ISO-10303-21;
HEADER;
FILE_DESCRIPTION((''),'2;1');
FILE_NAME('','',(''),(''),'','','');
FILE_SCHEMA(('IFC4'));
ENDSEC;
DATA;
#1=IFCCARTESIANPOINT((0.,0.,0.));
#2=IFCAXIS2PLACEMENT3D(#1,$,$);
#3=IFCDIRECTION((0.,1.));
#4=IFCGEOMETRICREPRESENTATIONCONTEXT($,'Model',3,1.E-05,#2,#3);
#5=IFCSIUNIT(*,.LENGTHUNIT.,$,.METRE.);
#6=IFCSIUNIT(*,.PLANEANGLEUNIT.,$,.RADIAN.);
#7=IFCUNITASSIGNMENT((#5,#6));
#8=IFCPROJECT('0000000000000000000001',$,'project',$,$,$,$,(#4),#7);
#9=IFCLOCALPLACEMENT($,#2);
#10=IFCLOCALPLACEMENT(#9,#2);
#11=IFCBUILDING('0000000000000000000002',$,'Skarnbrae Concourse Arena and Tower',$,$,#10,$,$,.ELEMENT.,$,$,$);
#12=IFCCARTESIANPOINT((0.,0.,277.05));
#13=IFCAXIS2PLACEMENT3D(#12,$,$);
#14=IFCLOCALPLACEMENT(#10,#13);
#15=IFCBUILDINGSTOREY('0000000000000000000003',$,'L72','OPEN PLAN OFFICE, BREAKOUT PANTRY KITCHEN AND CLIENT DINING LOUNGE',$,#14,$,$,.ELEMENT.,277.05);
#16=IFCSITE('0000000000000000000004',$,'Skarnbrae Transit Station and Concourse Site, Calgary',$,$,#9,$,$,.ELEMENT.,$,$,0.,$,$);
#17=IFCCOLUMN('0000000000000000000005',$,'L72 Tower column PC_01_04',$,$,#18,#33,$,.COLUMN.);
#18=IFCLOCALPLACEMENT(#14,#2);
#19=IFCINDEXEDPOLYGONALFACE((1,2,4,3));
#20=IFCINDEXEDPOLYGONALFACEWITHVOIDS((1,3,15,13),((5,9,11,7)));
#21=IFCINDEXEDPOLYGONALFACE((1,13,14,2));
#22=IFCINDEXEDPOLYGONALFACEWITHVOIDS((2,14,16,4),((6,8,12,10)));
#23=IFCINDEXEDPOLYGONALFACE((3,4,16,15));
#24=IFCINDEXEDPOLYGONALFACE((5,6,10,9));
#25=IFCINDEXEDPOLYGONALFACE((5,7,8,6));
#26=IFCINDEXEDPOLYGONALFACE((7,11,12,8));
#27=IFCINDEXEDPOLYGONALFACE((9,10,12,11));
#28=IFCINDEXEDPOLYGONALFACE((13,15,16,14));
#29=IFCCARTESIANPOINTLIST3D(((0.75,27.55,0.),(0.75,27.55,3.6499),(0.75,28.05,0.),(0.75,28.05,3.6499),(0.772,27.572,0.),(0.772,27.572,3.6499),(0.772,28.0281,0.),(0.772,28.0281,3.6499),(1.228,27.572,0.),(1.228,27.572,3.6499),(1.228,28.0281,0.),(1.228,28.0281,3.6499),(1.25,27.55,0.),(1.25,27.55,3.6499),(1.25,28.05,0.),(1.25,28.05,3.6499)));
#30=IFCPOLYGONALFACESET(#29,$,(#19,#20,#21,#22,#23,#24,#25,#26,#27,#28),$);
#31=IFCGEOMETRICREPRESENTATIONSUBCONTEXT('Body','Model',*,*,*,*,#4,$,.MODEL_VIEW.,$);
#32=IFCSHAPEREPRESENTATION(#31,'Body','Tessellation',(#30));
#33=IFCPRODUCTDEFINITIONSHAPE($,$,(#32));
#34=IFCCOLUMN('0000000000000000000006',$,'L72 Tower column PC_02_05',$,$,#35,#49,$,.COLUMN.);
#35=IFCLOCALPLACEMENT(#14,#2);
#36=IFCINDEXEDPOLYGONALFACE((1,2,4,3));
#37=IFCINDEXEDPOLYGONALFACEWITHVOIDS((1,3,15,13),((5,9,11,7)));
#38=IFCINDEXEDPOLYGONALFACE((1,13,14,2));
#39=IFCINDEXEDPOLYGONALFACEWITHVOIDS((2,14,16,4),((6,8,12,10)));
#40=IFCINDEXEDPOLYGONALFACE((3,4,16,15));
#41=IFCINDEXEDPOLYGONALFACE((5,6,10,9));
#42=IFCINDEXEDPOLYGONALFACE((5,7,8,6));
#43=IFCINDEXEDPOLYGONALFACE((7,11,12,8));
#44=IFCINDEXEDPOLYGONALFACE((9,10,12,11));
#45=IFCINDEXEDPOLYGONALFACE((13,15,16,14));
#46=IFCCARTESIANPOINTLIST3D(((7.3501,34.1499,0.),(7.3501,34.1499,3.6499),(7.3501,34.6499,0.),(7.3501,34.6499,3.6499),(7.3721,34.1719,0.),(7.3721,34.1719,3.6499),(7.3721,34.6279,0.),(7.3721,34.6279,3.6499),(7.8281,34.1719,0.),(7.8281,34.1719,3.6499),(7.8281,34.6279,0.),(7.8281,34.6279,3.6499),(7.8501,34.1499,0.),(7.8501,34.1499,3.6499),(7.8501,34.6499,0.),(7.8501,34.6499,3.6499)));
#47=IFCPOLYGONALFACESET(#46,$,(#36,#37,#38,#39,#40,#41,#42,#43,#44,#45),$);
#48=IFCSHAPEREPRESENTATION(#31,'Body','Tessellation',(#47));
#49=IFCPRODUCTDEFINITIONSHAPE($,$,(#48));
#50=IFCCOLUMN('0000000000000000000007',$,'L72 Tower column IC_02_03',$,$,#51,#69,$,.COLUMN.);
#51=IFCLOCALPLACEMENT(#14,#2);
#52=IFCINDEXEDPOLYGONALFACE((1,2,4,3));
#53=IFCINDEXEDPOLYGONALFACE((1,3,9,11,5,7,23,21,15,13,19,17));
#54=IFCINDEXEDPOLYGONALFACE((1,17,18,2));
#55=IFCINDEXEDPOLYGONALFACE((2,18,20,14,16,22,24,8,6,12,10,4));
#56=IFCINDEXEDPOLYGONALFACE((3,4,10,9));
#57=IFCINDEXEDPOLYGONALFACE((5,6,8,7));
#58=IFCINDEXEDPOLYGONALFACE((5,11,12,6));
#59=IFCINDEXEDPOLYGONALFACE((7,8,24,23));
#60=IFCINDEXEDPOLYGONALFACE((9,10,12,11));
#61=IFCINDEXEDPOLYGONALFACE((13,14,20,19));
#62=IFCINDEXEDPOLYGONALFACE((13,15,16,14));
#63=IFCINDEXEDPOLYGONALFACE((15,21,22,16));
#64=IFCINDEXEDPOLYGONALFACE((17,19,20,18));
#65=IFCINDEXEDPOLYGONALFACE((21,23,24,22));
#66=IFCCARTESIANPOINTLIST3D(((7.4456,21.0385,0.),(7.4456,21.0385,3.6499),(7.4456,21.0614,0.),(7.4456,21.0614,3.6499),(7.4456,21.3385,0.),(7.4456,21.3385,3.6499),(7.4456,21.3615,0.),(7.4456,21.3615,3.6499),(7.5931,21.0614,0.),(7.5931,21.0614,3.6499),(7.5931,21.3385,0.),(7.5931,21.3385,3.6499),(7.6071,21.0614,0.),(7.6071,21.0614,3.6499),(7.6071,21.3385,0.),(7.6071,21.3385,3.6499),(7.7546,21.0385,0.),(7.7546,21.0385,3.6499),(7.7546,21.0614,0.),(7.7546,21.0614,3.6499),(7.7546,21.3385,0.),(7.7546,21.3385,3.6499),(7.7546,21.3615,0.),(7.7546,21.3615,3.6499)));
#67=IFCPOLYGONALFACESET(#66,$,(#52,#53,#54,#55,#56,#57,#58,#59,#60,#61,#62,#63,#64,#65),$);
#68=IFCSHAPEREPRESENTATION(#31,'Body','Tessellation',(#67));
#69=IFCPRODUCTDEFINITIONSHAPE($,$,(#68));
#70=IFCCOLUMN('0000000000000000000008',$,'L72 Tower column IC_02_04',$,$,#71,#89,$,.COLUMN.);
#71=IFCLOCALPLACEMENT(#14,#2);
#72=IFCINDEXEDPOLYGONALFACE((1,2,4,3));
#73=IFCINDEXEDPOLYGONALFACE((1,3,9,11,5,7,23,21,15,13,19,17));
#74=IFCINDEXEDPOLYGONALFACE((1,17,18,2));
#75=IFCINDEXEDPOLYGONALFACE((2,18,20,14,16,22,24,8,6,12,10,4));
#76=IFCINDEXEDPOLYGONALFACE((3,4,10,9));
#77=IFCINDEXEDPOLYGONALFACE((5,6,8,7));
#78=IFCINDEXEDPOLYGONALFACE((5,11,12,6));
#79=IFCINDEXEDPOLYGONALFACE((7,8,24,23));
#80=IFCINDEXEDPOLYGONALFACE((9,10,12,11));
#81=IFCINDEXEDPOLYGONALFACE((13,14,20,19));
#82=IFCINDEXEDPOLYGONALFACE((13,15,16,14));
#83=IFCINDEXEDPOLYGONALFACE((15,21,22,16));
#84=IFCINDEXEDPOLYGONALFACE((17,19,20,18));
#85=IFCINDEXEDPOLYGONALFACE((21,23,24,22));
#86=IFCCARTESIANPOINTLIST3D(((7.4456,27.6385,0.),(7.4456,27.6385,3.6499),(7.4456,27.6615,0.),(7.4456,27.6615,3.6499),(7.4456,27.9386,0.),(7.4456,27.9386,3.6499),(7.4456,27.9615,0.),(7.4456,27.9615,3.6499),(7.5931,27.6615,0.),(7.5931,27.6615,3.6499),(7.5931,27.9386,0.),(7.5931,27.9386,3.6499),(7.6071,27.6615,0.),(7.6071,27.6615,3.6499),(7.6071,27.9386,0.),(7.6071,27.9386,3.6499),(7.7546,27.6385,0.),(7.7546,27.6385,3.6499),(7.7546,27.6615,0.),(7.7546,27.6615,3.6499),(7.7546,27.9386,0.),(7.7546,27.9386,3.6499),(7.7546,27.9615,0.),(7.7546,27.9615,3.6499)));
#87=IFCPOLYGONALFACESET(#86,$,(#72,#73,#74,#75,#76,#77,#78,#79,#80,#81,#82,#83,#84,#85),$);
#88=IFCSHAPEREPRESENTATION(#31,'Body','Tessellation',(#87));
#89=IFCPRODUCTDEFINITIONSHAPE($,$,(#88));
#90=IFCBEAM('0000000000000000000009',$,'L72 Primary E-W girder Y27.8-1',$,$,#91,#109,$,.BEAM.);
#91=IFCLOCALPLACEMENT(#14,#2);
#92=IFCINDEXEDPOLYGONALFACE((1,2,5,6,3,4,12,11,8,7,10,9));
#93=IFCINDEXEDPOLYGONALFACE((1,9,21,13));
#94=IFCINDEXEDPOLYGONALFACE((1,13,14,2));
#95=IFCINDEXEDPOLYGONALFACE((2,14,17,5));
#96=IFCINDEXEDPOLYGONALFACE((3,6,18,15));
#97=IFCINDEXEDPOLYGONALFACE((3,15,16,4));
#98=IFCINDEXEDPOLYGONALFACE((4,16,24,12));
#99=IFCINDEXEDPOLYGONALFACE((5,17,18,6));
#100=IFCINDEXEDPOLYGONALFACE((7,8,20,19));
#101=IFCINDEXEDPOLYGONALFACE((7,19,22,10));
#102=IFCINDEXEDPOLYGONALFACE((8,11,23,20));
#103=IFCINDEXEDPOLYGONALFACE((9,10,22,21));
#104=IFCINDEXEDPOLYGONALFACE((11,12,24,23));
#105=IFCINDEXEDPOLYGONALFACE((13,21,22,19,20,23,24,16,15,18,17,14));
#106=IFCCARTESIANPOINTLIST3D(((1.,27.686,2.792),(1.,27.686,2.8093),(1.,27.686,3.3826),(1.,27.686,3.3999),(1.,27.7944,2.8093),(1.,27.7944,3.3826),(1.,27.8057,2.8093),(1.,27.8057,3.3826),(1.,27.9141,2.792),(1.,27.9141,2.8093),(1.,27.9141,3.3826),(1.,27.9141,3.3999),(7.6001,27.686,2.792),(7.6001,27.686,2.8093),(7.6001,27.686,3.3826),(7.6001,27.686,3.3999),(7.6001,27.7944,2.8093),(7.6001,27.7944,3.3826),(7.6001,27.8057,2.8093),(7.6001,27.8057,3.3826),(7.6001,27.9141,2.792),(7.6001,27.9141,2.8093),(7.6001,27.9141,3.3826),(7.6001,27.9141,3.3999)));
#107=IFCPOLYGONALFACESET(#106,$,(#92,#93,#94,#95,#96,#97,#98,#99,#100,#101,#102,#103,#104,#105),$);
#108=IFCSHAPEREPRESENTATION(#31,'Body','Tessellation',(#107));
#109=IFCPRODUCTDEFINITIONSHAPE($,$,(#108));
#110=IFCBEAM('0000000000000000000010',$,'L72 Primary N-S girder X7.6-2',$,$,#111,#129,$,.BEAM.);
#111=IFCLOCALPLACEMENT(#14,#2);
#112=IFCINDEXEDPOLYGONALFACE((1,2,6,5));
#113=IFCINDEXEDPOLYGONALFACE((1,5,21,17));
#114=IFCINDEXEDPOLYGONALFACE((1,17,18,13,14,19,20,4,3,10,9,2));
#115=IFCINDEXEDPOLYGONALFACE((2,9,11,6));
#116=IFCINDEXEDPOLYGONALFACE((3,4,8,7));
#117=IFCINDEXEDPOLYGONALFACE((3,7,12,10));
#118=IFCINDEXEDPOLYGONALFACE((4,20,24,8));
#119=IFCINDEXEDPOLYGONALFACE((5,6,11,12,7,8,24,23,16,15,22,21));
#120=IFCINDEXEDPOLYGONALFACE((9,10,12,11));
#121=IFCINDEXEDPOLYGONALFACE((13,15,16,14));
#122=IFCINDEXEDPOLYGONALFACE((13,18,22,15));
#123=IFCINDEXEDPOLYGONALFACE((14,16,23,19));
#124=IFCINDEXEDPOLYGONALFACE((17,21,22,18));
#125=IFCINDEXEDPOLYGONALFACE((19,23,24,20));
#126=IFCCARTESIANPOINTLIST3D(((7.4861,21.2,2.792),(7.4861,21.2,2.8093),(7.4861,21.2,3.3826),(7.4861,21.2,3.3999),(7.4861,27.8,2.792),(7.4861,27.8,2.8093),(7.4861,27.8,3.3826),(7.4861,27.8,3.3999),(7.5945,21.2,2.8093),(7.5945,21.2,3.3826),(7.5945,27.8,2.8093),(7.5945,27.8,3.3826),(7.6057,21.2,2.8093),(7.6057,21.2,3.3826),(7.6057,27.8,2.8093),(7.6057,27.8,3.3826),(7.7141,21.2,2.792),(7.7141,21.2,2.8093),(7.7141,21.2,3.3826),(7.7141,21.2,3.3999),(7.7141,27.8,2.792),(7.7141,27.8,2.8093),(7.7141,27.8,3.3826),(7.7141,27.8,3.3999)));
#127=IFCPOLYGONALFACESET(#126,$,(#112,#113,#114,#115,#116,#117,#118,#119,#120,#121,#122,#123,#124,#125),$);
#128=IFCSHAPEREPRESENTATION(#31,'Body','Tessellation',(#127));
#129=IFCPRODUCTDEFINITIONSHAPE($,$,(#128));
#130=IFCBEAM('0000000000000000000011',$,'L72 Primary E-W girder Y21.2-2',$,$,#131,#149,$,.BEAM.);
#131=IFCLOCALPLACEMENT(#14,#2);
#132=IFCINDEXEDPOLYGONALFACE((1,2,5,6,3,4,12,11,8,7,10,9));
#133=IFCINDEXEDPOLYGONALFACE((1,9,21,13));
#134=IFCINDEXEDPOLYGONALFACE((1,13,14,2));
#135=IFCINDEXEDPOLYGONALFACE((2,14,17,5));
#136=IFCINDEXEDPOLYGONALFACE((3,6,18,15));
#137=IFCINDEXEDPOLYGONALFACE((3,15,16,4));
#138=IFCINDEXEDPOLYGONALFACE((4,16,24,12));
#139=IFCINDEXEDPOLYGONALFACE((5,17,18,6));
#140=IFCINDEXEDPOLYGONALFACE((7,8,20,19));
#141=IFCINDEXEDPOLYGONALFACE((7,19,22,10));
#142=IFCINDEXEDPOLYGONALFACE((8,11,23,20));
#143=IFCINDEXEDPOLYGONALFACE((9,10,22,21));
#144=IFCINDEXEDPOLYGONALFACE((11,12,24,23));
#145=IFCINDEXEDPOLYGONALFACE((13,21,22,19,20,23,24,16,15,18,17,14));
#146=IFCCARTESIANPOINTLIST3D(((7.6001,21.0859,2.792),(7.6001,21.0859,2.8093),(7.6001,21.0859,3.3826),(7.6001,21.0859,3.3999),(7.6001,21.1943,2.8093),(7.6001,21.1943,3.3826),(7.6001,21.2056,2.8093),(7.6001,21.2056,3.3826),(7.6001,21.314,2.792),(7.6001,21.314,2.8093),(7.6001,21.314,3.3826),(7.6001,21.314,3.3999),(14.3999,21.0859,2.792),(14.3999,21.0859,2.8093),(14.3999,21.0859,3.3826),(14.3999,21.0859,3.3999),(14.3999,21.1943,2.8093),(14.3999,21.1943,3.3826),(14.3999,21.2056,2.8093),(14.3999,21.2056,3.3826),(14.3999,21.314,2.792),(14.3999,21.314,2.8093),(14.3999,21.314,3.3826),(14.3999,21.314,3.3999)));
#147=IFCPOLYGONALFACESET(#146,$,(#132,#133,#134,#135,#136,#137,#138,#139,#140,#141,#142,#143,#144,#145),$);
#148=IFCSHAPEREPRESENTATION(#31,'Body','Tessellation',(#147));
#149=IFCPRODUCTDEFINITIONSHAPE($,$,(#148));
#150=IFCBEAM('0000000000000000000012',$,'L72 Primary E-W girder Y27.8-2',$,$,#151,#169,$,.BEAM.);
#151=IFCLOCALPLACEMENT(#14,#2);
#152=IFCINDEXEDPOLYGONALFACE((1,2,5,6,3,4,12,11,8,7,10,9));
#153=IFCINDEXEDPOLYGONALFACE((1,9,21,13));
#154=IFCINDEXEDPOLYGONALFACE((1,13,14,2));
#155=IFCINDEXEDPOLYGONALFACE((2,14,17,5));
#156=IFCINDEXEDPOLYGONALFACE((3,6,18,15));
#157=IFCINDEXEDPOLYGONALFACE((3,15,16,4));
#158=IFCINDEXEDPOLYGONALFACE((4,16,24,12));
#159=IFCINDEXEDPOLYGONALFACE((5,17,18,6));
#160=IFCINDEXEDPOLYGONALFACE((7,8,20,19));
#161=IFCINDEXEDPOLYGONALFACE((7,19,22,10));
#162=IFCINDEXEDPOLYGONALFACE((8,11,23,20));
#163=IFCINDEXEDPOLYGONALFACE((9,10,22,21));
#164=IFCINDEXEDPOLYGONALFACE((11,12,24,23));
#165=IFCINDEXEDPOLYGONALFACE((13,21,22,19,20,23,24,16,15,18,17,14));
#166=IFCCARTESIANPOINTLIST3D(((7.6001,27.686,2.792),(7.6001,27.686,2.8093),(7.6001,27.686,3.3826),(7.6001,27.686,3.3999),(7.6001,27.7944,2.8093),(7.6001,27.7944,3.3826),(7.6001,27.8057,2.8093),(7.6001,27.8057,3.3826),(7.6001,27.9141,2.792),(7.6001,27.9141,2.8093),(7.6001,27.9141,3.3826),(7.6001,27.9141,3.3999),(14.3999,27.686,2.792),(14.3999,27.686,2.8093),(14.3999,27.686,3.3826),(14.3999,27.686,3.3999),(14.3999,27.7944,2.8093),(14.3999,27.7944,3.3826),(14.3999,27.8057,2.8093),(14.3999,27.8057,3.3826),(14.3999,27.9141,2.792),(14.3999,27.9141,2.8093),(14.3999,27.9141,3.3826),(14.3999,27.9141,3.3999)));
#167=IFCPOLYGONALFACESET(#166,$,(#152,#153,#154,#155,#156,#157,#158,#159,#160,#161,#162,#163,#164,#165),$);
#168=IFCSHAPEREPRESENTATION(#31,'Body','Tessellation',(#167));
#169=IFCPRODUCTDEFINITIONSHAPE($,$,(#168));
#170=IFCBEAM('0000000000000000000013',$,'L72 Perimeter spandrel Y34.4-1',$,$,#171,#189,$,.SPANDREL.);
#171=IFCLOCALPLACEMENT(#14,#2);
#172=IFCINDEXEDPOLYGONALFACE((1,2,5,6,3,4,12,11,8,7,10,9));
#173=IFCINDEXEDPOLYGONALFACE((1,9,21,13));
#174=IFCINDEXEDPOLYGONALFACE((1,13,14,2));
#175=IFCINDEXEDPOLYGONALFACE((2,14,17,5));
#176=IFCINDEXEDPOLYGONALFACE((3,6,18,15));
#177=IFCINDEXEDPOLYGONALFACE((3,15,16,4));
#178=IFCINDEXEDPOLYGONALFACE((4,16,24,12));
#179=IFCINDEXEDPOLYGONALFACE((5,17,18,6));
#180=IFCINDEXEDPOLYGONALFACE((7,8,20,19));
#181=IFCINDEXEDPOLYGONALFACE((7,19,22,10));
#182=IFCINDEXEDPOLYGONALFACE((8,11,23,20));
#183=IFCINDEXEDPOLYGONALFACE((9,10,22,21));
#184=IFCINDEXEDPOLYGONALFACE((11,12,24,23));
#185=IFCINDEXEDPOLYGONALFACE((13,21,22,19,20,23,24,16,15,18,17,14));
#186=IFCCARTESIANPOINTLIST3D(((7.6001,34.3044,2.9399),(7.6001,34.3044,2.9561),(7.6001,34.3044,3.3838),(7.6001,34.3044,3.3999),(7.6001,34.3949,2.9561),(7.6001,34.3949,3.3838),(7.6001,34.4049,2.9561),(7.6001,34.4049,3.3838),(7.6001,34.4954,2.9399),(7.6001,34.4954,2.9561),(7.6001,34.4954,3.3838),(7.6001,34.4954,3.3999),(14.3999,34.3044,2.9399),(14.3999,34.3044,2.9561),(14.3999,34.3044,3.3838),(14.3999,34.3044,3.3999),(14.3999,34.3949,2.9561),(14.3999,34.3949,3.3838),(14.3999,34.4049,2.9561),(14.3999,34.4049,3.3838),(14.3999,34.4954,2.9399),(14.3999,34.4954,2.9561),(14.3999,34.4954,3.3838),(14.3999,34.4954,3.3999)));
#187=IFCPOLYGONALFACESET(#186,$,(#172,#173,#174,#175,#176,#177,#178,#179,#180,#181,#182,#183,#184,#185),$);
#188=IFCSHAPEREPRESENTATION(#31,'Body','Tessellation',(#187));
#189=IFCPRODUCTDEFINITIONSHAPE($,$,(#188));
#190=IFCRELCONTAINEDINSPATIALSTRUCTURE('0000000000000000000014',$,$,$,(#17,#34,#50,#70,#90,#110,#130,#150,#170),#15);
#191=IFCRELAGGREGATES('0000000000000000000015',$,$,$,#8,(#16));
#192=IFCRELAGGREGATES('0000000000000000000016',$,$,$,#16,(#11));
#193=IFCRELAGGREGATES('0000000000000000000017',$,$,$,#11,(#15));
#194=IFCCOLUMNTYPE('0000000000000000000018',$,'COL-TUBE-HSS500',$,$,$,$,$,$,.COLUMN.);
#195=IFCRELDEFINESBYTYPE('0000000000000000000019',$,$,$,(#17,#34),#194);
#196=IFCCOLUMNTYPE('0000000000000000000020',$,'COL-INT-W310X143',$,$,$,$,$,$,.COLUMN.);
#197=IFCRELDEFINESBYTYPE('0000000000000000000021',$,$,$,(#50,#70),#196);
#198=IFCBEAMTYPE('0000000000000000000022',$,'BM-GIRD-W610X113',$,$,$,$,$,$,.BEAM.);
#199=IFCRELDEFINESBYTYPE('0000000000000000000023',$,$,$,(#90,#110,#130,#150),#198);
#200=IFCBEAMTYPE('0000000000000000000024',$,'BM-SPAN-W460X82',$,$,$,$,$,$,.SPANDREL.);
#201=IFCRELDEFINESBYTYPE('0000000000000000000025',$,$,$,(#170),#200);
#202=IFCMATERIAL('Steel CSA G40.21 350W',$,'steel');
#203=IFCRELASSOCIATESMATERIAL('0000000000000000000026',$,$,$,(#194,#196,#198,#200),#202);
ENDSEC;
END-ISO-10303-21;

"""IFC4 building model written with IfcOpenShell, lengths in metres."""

from ifc_helpers import new_model, si_unit, direction, frame, origin, origin_2d, place, context, subcontext, project, spatial, hollow_rectangle, i_section, extrude, source, transform, mapped, material, material_profile, profile_set, type_object, element, save


model = new_model("IFC4")

# Units and contexts
model_context = context("Model", 3, precision=1e-05, world=origin(), true_north=direction((0.0, 1.0)))
body_context = subcontext(model_context, "Body", "Model", "MODEL_VIEW")
ifc_project = project(units=[si_unit("LENGTHUNIT", "METRE"), si_unit("PLANEANGLEUNIT", "RADIAN")], contexts=[model_context])

# Site, building, storey
site_placement = place(None, origin())
site = spatial("IfcSite", under=ifc_project, at=site_placement, Name="Skarnbrae Transit Station and Concourse Site, Calgary", CompositionType="ELEMENT", RefElevation=0.0)
building_placement = place(site_placement, origin())
building = spatial("IfcBuilding", under=site, at=building_placement, Name="Skarnbrae Concourse Arena and Tower", CompositionType="ELEMENT")
storey_placement = place(building_placement, frame((0.0, 0.0, 277.05)))
storey = spatial("IfcBuildingStorey", under=building, at=storey_placement, Name="L72", Description="OPEN PLAN OFFICE, BREAKOUT PANTRY KITCHEN AND CLIENT DINING LOUNGE", CompositionType="ELEMENT", Elevation=277.05)

# Columns
ifc_material_1 = material(Name="Steel CSA G40.21 350W", Category="steel")
ifc_material_profile_1 = material_profile(ifc_material_1, hollow_rectangle(XDim=0.5, YDim=0.5, WallThickness=0.022, at=origin_2d()), Name="HSS500X500X22.0")
ifc_profile_set_1 = profile_set([ifc_material_profile_1], Name="Steel CSA G40.21 350W")
column_type_1 = type_object("IfcColumnType", Name="COL-TUBE-HSS500", PredefinedType="COLUMN", material=ifc_profile_set_1)
shared_shape_1 = source(origin(), body_context, "Body", "SweptSolid", [
    extrude(hollow_rectangle(XDim=0.5, YDim=0.5, WallThickness=0.022, at=origin_2d()), origin(), (0.0, 0.0, 1.0), 3.6499),
])
for number, where, z_axis, x_axis, name in (
    (1, (1.0, 27.8, 0.0), (0.0, 0.0, 1.0), (1.0, 0.0, 0.0), "L72 Tower column PC_01_04"),
    (2, (7.6001, 34.3999, 0.0), (0.0, 0.0, 1.0), (1.0, 0.0, 0.0), "L72 Tower column PC_02_05"),
):
    element("IfcColumn", number, at=place(storey_placement, frame(where, z_axis=z_axis, x_axis=x_axis)), inside=storey, type_object=column_type_1, Name=name, PredefinedType="COLUMN", context=body_context, shape_type="MappedRepresentation", body=[
        mapped(shared_shape_1, transform((0.0, 0.0, 0.0))),
    ])
ifc_material_profile_2 = material_profile(ifc_material_1, i_section(OverallWidth=0.3091, OverallDepth=0.323, WebThickness=0.0139, FlangeThickness=0.0229, at=origin_2d()), Name="W310X143")
ifc_profile_set_2 = profile_set([ifc_material_profile_2], Name="Steel CSA G40.21 350W")
column_type_2 = type_object("IfcColumnType", Name="COL-INT-W310X143", PredefinedType="COLUMN", material=ifc_profile_set_2)
shared_shape_2 = source(origin(), body_context, "Body", "SweptSolid", [
    extrude(i_section(OverallWidth=0.3091, OverallDepth=0.323, WebThickness=0.0139, FlangeThickness=0.0229, at=origin_2d()), origin(), (0.0, 0.0, 1.0), 3.6499),
])
for number, where, z_axis, x_axis, name in (
    (3, (7.6001, 21.2, 0.0), (0.0, 0.0, 1.0), (1.0, 0.0, 0.0), "L72 Tower column IC_02_03"),
    (4, (7.6001, 27.8, 0.0), (0.0, 0.0, 1.0), (1.0, 0.0, 0.0), "L72 Tower column IC_02_04"),
):
    element("IfcColumn", number, at=place(storey_placement, frame(where, z_axis=z_axis, x_axis=x_axis)), inside=storey, type_object=column_type_2, Name=name, PredefinedType="COLUMN", context=body_context, shape_type="MappedRepresentation", body=[
        mapped(shared_shape_2, transform((0.0, 0.0, 0.0))),
    ])

# Beams
ifc_material_profile_3 = material_profile(ifc_material_1, i_section(OverallWidth=0.228, OverallDepth=0.6079, WebThickness=0.0112, FlangeThickness=0.0173, at=origin_2d()), Name="W610X113")
ifc_profile_set_3 = profile_set([ifc_material_profile_3], Name="Steel CSA G40.21 350W")
beam_type_1 = type_object("IfcBeamType", Name="BM-GIRD-W610X113", PredefinedType="BEAM", material=ifc_profile_set_3)
shared_shape_3 = source(origin(), body_context, "Body", "SweptSolid", [
    extrude(i_section(OverallWidth=0.228, OverallDepth=0.6079, WebThickness=0.0112, FlangeThickness=0.0173, at=origin_2d()), origin(), (0.0, 0.0, 1.0), 6.6001),
])
for number, where, z_axis, x_axis, name in (
    (5, (1.0, 27.8, 3.0959), (1.0, 0.0, 0.0), (0.0, 1.0, 0.0), "L72 Primary E-W girder Y27.8-1"),
    (6, (7.6001, 21.2, 3.0959), (0.0, 1.0, 0.0), (-1.0, 0.0, 0.0), "L72 Primary N-S girder X7.6-2"),
):
    element("IfcBeam", number, at=place(storey_placement, frame(where, z_axis=z_axis, x_axis=x_axis)), inside=storey, type_object=beam_type_1, Name=name, PredefinedType="BEAM", context=body_context, shape_type="MappedRepresentation", body=[
        mapped(shared_shape_3, transform((0.0, 0.0, 0.0))),
    ])
shared_shape_4 = source(origin(), body_context, "Body", "SweptSolid", [
    extrude(i_section(OverallWidth=0.228, OverallDepth=0.6079, WebThickness=0.0112, FlangeThickness=0.0173, at=origin_2d()), origin(), (0.0, 0.0, 1.0), 6.7998),
])
for number, where, z_axis, x_axis, name in (
    (7, (7.6001, 21.2, 3.0959), (1.0, 0.0, 0.0), (0.0, 1.0, 0.0), "L72 Primary E-W girder Y21.2-2"),
    (8, (7.6001, 27.8, 3.0959), (1.0, 0.0, 0.0), (0.0, 1.0, 0.0), "L72 Primary E-W girder Y27.8-2"),
):
    element("IfcBeam", number, at=place(storey_placement, frame(where, z_axis=z_axis, x_axis=x_axis)), inside=storey, type_object=beam_type_1, Name=name, PredefinedType="BEAM", context=body_context, shape_type="MappedRepresentation", body=[
        mapped(shared_shape_4, transform((0.0, 0.0, 0.0))),
    ])
ifc_material_profile_4 = material_profile(ifc_material_1, i_section(OverallWidth=0.1909, OverallDepth=0.46, WebThickness=0.01, FlangeThickness=0.0161, at=origin_2d()), Name="W460X82")
ifc_profile_set_4 = profile_set([ifc_material_profile_4], Name="Steel CSA G40.21 350W")
beam_type_2 = type_object("IfcBeamType", Name="BM-SPAN-W460X82", PredefinedType="SPANDREL", material=ifc_profile_set_4)
shared_shape_5 = source(origin(), body_context, "Body", "SweptSolid", [
    extrude(i_section(OverallWidth=0.1909, OverallDepth=0.46, WebThickness=0.01, FlangeThickness=0.0161, at=origin_2d()), origin(), (0.0, 0.0, 1.0), 6.7998),
])
beam_1_placement = place(storey_placement, frame((7.6001, 34.3999, 3.1699), z_axis=(1.0, 0.0, 0.0), x_axis=(0.0, 1.0, 0.0)))
element("IfcBeam", 9, at=beam_1_placement, inside=storey, type_object=beam_type_2, Name="L72 Perimeter spandrel Y34.4-1", PredefinedType="SPANDREL", context=body_context, shape_type="MappedRepresentation", body=[
    mapped(shared_shape_5, transform((0.0, 0.0, 0.0))),
])

save(model, "model.ifc")
